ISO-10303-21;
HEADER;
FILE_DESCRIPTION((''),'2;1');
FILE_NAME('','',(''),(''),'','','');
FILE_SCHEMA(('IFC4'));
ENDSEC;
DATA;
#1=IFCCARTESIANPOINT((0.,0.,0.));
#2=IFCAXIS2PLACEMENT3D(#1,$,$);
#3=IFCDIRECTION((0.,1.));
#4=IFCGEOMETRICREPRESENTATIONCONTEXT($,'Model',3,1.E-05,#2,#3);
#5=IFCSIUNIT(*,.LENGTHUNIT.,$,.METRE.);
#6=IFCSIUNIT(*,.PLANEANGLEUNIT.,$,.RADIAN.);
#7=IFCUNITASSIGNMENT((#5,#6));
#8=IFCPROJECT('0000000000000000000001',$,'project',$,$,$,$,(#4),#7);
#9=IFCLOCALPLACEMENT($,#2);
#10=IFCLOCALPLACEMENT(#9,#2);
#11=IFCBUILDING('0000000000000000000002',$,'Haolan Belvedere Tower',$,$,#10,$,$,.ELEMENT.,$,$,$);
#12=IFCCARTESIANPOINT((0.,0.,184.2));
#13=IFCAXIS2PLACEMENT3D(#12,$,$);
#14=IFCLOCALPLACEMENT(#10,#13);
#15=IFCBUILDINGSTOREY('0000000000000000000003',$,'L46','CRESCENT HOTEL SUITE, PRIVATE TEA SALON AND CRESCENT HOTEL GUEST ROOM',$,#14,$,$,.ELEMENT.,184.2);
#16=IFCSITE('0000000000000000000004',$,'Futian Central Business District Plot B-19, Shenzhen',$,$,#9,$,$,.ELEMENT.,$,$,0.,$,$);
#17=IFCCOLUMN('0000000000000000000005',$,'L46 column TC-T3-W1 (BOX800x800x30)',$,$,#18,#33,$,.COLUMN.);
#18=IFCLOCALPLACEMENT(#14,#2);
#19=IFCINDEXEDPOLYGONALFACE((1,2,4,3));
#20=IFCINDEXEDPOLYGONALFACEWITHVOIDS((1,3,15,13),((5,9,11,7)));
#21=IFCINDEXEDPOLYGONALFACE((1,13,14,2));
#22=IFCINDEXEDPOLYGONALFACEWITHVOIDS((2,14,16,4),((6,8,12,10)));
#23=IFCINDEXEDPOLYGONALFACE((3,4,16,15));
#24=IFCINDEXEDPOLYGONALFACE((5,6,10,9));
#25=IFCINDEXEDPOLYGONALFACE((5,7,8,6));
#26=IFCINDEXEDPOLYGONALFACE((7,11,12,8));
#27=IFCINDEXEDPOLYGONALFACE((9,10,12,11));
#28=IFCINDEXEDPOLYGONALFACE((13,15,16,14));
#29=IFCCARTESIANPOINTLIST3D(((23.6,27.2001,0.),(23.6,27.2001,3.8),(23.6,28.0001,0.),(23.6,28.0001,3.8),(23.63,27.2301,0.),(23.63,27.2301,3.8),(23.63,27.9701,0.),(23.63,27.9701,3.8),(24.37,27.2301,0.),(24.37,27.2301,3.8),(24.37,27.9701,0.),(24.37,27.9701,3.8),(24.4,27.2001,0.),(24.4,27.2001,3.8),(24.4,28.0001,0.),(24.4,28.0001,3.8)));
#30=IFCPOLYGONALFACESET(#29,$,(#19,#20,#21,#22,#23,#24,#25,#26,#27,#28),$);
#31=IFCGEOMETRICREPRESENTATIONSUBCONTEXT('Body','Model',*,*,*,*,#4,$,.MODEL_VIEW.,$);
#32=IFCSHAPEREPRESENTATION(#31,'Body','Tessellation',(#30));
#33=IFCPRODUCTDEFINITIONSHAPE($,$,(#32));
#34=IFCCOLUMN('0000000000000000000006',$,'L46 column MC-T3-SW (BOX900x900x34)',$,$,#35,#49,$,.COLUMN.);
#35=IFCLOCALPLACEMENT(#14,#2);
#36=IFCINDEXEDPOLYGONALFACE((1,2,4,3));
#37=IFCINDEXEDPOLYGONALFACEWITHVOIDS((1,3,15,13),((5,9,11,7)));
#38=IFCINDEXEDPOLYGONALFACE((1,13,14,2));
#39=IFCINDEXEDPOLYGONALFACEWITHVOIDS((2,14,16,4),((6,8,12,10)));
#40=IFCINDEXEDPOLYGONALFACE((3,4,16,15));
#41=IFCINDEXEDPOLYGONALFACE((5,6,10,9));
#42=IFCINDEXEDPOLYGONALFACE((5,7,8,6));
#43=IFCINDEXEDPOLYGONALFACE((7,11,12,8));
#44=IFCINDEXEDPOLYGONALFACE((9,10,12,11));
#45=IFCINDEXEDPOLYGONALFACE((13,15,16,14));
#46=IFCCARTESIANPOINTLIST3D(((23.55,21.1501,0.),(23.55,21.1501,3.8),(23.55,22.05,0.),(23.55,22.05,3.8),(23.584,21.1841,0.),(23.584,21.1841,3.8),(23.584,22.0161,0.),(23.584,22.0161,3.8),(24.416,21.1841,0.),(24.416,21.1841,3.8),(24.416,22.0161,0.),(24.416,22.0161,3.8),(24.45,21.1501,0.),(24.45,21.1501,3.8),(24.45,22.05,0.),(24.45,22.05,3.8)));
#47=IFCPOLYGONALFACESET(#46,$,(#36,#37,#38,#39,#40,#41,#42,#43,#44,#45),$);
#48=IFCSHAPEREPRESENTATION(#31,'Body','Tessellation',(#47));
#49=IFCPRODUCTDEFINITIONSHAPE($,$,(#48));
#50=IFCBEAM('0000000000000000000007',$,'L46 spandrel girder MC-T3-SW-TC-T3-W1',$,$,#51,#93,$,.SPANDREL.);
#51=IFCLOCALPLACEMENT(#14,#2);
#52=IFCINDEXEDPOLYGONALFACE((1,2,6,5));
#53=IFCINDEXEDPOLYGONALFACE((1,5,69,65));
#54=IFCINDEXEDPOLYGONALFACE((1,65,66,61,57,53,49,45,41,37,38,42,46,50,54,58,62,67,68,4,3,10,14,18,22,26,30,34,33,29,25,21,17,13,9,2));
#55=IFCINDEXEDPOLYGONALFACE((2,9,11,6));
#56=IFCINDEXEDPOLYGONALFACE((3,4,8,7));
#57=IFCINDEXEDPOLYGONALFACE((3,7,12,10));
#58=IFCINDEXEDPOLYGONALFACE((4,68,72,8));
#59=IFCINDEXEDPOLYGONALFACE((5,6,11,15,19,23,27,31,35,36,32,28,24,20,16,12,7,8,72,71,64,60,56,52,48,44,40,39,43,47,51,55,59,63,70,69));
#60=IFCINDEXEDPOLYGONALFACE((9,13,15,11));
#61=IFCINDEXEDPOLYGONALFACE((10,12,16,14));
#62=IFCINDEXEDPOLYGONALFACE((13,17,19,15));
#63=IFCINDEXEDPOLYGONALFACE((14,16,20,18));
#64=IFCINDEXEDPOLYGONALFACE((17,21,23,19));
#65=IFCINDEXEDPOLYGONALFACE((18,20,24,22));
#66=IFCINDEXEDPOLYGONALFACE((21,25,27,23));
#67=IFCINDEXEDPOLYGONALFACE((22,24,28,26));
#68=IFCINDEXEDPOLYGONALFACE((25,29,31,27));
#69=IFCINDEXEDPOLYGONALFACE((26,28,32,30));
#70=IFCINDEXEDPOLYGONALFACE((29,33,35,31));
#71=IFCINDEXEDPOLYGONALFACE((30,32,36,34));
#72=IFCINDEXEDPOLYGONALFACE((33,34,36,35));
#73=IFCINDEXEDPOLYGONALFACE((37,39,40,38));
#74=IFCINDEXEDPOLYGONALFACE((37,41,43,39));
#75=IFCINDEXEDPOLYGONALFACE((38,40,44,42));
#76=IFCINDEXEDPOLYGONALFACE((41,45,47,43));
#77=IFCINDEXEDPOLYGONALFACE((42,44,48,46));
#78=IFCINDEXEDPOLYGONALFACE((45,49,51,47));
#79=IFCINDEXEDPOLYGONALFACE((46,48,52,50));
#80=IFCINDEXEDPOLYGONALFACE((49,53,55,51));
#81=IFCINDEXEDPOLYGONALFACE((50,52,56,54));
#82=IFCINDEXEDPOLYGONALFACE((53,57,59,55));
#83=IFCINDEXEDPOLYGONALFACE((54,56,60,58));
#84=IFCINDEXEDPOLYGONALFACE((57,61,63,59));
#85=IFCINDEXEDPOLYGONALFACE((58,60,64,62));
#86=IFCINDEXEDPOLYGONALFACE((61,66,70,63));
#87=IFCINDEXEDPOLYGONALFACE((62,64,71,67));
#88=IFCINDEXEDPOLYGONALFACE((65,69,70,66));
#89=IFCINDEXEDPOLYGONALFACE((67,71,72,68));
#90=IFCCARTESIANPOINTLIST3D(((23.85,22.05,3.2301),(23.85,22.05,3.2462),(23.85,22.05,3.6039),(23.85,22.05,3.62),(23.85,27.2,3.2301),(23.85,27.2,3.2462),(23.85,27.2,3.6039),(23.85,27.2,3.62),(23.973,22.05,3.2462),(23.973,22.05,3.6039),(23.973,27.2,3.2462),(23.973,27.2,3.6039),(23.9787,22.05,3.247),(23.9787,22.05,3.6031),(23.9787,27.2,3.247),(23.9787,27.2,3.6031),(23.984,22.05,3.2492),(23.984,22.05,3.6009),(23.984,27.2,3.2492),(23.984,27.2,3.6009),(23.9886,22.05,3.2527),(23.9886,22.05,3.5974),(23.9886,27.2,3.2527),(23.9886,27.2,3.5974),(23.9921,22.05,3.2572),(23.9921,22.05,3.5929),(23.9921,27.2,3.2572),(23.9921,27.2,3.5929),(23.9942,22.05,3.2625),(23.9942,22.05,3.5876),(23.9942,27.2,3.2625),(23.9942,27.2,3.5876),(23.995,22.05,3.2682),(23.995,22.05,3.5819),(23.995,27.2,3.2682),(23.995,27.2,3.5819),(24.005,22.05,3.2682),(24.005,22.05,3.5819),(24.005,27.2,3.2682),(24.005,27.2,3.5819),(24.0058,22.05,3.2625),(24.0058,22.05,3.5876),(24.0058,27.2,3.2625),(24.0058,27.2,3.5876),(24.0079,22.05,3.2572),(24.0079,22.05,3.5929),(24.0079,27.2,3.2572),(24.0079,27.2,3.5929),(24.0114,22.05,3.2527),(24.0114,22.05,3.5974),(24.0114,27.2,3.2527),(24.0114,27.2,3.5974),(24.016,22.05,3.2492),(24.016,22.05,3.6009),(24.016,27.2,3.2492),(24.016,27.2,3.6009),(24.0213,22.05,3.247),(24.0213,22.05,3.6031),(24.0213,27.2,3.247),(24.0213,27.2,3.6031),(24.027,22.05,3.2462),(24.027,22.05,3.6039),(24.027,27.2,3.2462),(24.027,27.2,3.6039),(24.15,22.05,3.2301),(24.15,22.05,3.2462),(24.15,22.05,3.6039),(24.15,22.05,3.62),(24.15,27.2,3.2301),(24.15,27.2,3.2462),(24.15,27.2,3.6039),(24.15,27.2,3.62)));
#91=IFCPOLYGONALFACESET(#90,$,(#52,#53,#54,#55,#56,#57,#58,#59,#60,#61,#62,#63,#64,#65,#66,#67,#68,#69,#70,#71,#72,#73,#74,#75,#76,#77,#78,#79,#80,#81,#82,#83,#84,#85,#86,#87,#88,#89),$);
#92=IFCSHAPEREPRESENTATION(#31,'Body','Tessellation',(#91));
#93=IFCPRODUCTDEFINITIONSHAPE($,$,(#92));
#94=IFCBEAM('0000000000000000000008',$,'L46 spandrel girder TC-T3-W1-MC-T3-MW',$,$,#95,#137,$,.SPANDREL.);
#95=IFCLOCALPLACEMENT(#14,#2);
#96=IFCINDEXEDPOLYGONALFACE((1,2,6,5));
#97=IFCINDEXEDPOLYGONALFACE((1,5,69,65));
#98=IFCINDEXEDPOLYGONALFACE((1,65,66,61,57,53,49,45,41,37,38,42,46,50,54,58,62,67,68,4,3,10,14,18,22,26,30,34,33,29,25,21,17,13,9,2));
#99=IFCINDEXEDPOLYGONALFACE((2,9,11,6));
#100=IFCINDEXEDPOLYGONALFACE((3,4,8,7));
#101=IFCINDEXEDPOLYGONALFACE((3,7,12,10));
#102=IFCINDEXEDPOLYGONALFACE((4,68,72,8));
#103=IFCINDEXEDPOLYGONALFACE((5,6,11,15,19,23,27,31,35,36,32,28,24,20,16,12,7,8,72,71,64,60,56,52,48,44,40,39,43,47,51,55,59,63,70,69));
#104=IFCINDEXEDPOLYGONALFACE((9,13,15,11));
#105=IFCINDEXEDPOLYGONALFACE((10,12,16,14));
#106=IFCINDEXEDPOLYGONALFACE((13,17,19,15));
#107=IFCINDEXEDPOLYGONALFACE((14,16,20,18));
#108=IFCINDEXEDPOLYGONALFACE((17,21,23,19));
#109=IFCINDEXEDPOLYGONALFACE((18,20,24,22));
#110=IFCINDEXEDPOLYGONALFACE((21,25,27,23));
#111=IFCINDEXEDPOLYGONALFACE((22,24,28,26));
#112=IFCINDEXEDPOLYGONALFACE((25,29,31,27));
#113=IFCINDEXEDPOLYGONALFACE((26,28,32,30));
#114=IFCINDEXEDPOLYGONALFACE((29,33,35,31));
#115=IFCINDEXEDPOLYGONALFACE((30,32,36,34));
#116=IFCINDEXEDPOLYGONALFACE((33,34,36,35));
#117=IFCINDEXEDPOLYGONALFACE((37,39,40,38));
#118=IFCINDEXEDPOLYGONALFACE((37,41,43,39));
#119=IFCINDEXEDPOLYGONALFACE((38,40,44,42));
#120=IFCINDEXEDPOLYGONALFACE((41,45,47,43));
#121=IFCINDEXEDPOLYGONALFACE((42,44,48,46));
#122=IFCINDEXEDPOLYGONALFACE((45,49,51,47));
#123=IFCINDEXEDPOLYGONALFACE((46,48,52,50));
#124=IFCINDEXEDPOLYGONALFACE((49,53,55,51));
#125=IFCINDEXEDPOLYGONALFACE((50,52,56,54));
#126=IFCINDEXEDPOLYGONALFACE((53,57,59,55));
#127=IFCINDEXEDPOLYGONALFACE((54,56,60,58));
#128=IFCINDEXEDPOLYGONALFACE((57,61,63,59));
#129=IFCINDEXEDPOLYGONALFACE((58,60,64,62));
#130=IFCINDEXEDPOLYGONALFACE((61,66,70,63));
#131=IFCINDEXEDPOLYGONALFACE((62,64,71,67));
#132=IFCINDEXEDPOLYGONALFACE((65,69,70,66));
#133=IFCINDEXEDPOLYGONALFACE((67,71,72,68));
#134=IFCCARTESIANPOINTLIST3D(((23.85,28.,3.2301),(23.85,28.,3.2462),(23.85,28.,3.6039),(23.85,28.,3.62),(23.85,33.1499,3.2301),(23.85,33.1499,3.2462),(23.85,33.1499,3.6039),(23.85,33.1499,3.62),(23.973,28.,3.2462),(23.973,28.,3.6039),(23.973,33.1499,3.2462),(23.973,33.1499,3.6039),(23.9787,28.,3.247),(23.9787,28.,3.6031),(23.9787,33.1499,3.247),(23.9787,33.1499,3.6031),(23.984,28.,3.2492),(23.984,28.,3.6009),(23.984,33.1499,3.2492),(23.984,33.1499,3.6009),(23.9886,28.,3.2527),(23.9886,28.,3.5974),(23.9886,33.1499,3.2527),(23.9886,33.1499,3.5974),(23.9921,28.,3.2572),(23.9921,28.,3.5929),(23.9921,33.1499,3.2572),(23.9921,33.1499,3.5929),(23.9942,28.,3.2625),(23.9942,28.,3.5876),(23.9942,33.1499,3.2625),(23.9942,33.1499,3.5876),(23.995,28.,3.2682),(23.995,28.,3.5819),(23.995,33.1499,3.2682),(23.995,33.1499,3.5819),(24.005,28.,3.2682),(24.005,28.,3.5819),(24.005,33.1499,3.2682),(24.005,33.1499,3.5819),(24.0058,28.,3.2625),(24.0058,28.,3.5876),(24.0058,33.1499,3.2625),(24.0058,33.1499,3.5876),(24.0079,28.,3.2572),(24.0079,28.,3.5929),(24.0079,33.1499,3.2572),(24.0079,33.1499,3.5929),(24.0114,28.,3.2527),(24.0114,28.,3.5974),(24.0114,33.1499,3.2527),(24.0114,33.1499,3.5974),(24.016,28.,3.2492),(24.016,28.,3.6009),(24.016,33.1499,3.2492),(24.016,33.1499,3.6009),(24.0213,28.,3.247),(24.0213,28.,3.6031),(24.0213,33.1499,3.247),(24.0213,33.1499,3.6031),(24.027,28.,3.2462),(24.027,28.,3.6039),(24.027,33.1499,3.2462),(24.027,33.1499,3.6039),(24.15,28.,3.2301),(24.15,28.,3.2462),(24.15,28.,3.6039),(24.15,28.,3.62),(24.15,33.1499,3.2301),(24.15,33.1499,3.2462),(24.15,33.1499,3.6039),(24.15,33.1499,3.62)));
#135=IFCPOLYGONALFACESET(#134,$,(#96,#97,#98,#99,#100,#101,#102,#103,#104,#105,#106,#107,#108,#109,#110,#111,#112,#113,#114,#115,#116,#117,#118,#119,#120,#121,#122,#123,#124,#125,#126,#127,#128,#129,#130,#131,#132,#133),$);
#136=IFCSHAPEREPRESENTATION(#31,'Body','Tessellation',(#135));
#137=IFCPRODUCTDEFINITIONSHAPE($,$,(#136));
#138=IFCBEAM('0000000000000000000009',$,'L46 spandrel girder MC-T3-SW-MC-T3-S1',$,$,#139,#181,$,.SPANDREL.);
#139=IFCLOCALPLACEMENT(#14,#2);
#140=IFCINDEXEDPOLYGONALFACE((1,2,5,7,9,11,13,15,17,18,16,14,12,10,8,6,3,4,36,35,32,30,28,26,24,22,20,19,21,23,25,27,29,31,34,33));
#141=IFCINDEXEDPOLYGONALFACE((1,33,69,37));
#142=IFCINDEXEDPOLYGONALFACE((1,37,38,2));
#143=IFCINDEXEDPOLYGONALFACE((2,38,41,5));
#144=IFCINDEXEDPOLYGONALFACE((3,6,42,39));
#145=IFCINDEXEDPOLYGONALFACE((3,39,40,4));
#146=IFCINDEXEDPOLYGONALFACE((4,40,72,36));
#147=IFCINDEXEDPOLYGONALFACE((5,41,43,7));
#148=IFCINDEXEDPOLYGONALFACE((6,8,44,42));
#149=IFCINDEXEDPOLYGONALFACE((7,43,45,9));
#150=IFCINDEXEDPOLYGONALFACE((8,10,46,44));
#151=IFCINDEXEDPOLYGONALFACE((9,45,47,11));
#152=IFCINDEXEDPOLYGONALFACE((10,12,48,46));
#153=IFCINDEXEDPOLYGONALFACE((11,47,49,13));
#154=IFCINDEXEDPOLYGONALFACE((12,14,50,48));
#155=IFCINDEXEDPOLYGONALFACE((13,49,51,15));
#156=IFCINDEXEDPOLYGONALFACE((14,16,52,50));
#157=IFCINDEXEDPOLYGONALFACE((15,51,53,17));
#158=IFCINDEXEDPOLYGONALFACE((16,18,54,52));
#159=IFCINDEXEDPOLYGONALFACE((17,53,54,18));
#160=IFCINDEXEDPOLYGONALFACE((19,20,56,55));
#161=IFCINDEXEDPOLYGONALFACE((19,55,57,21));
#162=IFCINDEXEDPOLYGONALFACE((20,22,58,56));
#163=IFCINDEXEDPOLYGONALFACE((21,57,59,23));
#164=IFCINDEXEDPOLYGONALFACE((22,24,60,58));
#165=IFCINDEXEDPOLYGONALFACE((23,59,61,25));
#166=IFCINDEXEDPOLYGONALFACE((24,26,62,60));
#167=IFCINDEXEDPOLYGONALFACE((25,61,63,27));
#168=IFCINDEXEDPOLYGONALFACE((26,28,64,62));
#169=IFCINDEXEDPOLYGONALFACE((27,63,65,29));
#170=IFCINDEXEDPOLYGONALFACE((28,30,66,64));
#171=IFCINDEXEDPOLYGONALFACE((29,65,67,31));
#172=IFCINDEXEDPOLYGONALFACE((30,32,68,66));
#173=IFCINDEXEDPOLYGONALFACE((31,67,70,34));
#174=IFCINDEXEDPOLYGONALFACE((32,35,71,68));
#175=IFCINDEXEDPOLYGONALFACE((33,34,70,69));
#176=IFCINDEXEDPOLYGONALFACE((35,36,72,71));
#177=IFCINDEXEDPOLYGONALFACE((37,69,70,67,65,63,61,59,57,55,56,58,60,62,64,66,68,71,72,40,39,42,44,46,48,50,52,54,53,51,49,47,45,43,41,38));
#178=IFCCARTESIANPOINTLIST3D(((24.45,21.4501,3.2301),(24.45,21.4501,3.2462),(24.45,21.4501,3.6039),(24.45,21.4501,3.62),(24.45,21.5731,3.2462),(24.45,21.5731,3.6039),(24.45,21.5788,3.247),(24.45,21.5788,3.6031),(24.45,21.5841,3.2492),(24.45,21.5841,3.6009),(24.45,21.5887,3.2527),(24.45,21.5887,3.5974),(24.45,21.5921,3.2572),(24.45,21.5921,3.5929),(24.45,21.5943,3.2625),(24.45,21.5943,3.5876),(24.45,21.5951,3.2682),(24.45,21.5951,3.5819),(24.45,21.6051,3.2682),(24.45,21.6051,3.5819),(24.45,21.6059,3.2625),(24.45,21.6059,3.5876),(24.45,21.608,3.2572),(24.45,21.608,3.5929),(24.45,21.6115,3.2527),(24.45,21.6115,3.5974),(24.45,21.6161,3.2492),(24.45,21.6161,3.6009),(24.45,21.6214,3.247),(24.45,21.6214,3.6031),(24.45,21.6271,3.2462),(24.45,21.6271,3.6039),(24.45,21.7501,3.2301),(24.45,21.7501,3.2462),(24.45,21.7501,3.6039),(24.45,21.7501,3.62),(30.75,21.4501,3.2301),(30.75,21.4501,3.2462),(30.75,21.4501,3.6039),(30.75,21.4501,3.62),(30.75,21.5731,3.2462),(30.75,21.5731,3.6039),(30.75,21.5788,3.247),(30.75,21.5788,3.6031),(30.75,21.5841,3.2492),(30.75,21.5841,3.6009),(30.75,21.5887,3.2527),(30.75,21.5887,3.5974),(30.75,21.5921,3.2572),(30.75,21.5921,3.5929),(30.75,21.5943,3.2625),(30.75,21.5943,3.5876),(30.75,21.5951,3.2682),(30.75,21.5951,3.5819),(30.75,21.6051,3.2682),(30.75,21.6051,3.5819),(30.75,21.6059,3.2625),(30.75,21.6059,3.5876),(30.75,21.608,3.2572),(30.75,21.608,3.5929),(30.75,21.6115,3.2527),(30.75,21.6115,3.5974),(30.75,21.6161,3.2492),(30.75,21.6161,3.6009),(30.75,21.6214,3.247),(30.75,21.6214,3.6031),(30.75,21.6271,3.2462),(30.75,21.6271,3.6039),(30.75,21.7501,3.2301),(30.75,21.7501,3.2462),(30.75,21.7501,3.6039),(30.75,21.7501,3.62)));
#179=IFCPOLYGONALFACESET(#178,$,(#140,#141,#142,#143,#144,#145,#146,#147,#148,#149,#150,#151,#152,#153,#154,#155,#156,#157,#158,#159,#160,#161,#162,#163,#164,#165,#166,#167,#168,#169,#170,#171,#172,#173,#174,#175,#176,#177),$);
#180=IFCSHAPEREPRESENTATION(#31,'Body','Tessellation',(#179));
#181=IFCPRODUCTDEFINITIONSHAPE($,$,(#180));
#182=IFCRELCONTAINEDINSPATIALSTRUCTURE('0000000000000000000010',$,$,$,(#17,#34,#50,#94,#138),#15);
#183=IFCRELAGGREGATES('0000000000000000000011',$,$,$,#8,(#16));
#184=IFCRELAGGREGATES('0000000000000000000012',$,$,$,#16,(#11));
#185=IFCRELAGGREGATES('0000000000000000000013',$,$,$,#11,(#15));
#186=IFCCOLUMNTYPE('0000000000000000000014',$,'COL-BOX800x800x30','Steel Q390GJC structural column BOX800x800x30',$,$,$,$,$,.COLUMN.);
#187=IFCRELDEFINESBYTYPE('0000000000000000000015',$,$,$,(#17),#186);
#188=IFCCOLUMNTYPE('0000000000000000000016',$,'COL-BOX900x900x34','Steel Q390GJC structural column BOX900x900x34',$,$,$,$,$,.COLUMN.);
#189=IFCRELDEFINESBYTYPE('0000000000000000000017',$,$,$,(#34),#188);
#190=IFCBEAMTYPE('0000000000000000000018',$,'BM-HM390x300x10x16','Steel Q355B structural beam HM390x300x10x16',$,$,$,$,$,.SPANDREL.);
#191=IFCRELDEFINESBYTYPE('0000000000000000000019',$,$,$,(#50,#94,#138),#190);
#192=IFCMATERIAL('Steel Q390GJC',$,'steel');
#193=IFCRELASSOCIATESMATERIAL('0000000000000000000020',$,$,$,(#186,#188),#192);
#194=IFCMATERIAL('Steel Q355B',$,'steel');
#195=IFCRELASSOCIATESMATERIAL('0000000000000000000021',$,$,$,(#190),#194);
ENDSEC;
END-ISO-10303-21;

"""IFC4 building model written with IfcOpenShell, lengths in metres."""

from ifc_helpers import new_model, si_unit, direction, frame, origin, origin_2d, place, context, subcontext, project, spatial, hollow_rectangle, i_section, extrude, material, material_profile, profile_set, type_object, element, save


model = new_model("IFC4")

# Units and contexts
model_context = context("Model", 3, precision=1e-05, world=origin(), true_north=direction((0.0, 1.0)))
body_context = subcontext(model_context, "Body", "Model", "MODEL_VIEW")
ifc_project = project(units=[si_unit("LENGTHUNIT", "METRE"), si_unit("PLANEANGLEUNIT", "RADIAN")], contexts=[model_context])

# Site, building, storey
site_placement = place(None, origin())
site = spatial("IfcSite", under=ifc_project, at=site_placement, Name="Futian Central Business District Plot B-19, Shenzhen", CompositionType="ELEMENT", RefElevation=0.0)
building_placement = place(site_placement, origin())
building = spatial("IfcBuilding", under=site, at=building_placement, Name="Haolan Belvedere Tower", CompositionType="ELEMENT")
storey_placement = place(building_placement, frame((0.0, 0.0, 184.2)))
storey = spatial("IfcBuildingStorey", under=building, at=storey_placement, Name="L46", Description="CRESCENT HOTEL SUITE, PRIVATE TEA SALON AND CRESCENT HOTEL GUEST ROOM", CompositionType="ELEMENT", Elevation=184.2)

# Columns
ifc_material_1 = material(Name="Steel Q390GJC", Category="steel")
ifc_material_profile_1 = material_profile(ifc_material_1, hollow_rectangle(XDim=0.8, YDim=0.8, WallThickness=0.03, at=origin_2d()), Name="Steel Q390GJC")
ifc_profile_set_1 = profile_set([ifc_material_profile_1], Name="Steel Q390GJC")
column_type_1 = type_object("IfcColumnType", Name="COL-BOX800x800x30", Description="Steel Q390GJC structural column BOX800x800x30", PredefinedType="COLUMN", material=ifc_profile_set_1)
column_1_placement = place(storey_placement, frame((24.0, 27.6001, 0.0), z_axis=(0.0, 0.0, 1.0), x_axis=(1.0, 0.0, 0.0)))
element("IfcColumn", 1, at=column_1_placement, inside=storey, type_object=column_type_1, Name="L46 column TC-T3-W1 (BOX800x800x30)", PredefinedType="COLUMN", context=body_context, shape_type="SweptSolid", body=[
    extrude(hollow_rectangle(XDim=0.8, YDim=0.8, WallThickness=0.03, at=origin_2d()), origin(), (0.0, 0.0, 1.0), 3.8),
])
ifc_material_profile_2 = material_profile(ifc_material_1, hollow_rectangle(XDim=0.8999, YDim=0.8999, WallThickness=0.0339, at=origin_2d()), Name="Steel Q390GJC")
ifc_profile_set_2 = profile_set([ifc_material_profile_2], Name="Steel Q390GJC")
column_type_2 = type_object("IfcColumnType", Name="COL-BOX900x900x34", Description="Steel Q390GJC structural column BOX900x900x34", PredefinedType="COLUMN", material=ifc_profile_set_2)
column_2_placement = place(storey_placement, frame((24.0, 21.6001, 0.0), z_axis=(0.0, 0.0, 1.0), x_axis=(1.0, 0.0, 0.0)))
element("IfcColumn", 2, at=column_2_placement, inside=storey, type_object=column_type_2, Name="L46 column MC-T3-SW (BOX900x900x34)", PredefinedType="COLUMN", context=body_context, shape_type="SweptSolid", body=[
    extrude(hollow_rectangle(XDim=0.8999, YDim=0.8999, WallThickness=0.0339, at=origin_2d()), origin(), (0.0, 0.0, 1.0), 3.8),
])

# Beams
ifc_material_2 = material(Name="Steel Q355B", Category="steel")
ifc_material_profile_3 = material_profile(ifc_material_2, i_section(OverallWidth=0.3, OverallDepth=0.3899, WebThickness=0.01, FlangeThickness=0.0161, FilletRadius=0.022, at=origin_2d()), Name="Steel Q355B")
ifc_profile_set_3 = profile_set([ifc_material_profile_3], Name="Steel Q355B")
beam_type_1 = type_object("IfcBeamType", Name="BM-HM390x300x10x16", Description="Steel Q355B structural beam HM390x300x10x16", PredefinedType="SPANDREL", material=ifc_profile_set_3)
for number, where, z_axis, x_axis, name in (
    (3, (24.0, 22.05, 3.425), (0.0, 1.0, 0.0), (-1.0, 0.0, 0.0), "L46 spandrel girder MC-T3-SW-TC-T3-W1"),
    (4, (24.0, 28.0, 3.425), (0.0, 1.0, 0.0), (-1.0, 0.0, 0.0), "L46 spandrel girder TC-T3-W1-MC-T3-MW"),
):
    element("IfcBeam", number, at=place(storey_placement, frame(where, z_axis=z_axis, x_axis=x_axis)), inside=storey, type_object=beam_type_1, Name=name, PredefinedType="SPANDREL", context=body_context, shape_type="SweptSolid", body=[
        extrude(i_section(OverallWidth=0.3, OverallDepth=0.3899, WebThickness=0.01, FlangeThickness=0.0161, FilletRadius=0.022, at=origin_2d()), origin(), (0.0, 0.0, 1.0), 5.1499),
    ])
beam_1_placement = place(storey_placement, frame((24.45, 21.6001, 3.425), z_axis=(1.0, 0.0, 0.0), x_axis=(0.0, 1.0, 0.0)))
element("IfcBeam", 5, at=beam_1_placement, inside=storey, type_object=beam_type_1, Name="L46 spandrel girder MC-T3-SW-MC-T3-S1", PredefinedType="SPANDREL", context=body_context, shape_type="SweptSolid", body=[
    extrude(i_section(OverallWidth=0.3, OverallDepth=0.3899, WebThickness=0.01, FlangeThickness=0.0161, FilletRadius=0.022, at=origin_2d()), origin(), (0.0, 0.0, 1.0), 6.3),
])

save(model, "model.ifc")
